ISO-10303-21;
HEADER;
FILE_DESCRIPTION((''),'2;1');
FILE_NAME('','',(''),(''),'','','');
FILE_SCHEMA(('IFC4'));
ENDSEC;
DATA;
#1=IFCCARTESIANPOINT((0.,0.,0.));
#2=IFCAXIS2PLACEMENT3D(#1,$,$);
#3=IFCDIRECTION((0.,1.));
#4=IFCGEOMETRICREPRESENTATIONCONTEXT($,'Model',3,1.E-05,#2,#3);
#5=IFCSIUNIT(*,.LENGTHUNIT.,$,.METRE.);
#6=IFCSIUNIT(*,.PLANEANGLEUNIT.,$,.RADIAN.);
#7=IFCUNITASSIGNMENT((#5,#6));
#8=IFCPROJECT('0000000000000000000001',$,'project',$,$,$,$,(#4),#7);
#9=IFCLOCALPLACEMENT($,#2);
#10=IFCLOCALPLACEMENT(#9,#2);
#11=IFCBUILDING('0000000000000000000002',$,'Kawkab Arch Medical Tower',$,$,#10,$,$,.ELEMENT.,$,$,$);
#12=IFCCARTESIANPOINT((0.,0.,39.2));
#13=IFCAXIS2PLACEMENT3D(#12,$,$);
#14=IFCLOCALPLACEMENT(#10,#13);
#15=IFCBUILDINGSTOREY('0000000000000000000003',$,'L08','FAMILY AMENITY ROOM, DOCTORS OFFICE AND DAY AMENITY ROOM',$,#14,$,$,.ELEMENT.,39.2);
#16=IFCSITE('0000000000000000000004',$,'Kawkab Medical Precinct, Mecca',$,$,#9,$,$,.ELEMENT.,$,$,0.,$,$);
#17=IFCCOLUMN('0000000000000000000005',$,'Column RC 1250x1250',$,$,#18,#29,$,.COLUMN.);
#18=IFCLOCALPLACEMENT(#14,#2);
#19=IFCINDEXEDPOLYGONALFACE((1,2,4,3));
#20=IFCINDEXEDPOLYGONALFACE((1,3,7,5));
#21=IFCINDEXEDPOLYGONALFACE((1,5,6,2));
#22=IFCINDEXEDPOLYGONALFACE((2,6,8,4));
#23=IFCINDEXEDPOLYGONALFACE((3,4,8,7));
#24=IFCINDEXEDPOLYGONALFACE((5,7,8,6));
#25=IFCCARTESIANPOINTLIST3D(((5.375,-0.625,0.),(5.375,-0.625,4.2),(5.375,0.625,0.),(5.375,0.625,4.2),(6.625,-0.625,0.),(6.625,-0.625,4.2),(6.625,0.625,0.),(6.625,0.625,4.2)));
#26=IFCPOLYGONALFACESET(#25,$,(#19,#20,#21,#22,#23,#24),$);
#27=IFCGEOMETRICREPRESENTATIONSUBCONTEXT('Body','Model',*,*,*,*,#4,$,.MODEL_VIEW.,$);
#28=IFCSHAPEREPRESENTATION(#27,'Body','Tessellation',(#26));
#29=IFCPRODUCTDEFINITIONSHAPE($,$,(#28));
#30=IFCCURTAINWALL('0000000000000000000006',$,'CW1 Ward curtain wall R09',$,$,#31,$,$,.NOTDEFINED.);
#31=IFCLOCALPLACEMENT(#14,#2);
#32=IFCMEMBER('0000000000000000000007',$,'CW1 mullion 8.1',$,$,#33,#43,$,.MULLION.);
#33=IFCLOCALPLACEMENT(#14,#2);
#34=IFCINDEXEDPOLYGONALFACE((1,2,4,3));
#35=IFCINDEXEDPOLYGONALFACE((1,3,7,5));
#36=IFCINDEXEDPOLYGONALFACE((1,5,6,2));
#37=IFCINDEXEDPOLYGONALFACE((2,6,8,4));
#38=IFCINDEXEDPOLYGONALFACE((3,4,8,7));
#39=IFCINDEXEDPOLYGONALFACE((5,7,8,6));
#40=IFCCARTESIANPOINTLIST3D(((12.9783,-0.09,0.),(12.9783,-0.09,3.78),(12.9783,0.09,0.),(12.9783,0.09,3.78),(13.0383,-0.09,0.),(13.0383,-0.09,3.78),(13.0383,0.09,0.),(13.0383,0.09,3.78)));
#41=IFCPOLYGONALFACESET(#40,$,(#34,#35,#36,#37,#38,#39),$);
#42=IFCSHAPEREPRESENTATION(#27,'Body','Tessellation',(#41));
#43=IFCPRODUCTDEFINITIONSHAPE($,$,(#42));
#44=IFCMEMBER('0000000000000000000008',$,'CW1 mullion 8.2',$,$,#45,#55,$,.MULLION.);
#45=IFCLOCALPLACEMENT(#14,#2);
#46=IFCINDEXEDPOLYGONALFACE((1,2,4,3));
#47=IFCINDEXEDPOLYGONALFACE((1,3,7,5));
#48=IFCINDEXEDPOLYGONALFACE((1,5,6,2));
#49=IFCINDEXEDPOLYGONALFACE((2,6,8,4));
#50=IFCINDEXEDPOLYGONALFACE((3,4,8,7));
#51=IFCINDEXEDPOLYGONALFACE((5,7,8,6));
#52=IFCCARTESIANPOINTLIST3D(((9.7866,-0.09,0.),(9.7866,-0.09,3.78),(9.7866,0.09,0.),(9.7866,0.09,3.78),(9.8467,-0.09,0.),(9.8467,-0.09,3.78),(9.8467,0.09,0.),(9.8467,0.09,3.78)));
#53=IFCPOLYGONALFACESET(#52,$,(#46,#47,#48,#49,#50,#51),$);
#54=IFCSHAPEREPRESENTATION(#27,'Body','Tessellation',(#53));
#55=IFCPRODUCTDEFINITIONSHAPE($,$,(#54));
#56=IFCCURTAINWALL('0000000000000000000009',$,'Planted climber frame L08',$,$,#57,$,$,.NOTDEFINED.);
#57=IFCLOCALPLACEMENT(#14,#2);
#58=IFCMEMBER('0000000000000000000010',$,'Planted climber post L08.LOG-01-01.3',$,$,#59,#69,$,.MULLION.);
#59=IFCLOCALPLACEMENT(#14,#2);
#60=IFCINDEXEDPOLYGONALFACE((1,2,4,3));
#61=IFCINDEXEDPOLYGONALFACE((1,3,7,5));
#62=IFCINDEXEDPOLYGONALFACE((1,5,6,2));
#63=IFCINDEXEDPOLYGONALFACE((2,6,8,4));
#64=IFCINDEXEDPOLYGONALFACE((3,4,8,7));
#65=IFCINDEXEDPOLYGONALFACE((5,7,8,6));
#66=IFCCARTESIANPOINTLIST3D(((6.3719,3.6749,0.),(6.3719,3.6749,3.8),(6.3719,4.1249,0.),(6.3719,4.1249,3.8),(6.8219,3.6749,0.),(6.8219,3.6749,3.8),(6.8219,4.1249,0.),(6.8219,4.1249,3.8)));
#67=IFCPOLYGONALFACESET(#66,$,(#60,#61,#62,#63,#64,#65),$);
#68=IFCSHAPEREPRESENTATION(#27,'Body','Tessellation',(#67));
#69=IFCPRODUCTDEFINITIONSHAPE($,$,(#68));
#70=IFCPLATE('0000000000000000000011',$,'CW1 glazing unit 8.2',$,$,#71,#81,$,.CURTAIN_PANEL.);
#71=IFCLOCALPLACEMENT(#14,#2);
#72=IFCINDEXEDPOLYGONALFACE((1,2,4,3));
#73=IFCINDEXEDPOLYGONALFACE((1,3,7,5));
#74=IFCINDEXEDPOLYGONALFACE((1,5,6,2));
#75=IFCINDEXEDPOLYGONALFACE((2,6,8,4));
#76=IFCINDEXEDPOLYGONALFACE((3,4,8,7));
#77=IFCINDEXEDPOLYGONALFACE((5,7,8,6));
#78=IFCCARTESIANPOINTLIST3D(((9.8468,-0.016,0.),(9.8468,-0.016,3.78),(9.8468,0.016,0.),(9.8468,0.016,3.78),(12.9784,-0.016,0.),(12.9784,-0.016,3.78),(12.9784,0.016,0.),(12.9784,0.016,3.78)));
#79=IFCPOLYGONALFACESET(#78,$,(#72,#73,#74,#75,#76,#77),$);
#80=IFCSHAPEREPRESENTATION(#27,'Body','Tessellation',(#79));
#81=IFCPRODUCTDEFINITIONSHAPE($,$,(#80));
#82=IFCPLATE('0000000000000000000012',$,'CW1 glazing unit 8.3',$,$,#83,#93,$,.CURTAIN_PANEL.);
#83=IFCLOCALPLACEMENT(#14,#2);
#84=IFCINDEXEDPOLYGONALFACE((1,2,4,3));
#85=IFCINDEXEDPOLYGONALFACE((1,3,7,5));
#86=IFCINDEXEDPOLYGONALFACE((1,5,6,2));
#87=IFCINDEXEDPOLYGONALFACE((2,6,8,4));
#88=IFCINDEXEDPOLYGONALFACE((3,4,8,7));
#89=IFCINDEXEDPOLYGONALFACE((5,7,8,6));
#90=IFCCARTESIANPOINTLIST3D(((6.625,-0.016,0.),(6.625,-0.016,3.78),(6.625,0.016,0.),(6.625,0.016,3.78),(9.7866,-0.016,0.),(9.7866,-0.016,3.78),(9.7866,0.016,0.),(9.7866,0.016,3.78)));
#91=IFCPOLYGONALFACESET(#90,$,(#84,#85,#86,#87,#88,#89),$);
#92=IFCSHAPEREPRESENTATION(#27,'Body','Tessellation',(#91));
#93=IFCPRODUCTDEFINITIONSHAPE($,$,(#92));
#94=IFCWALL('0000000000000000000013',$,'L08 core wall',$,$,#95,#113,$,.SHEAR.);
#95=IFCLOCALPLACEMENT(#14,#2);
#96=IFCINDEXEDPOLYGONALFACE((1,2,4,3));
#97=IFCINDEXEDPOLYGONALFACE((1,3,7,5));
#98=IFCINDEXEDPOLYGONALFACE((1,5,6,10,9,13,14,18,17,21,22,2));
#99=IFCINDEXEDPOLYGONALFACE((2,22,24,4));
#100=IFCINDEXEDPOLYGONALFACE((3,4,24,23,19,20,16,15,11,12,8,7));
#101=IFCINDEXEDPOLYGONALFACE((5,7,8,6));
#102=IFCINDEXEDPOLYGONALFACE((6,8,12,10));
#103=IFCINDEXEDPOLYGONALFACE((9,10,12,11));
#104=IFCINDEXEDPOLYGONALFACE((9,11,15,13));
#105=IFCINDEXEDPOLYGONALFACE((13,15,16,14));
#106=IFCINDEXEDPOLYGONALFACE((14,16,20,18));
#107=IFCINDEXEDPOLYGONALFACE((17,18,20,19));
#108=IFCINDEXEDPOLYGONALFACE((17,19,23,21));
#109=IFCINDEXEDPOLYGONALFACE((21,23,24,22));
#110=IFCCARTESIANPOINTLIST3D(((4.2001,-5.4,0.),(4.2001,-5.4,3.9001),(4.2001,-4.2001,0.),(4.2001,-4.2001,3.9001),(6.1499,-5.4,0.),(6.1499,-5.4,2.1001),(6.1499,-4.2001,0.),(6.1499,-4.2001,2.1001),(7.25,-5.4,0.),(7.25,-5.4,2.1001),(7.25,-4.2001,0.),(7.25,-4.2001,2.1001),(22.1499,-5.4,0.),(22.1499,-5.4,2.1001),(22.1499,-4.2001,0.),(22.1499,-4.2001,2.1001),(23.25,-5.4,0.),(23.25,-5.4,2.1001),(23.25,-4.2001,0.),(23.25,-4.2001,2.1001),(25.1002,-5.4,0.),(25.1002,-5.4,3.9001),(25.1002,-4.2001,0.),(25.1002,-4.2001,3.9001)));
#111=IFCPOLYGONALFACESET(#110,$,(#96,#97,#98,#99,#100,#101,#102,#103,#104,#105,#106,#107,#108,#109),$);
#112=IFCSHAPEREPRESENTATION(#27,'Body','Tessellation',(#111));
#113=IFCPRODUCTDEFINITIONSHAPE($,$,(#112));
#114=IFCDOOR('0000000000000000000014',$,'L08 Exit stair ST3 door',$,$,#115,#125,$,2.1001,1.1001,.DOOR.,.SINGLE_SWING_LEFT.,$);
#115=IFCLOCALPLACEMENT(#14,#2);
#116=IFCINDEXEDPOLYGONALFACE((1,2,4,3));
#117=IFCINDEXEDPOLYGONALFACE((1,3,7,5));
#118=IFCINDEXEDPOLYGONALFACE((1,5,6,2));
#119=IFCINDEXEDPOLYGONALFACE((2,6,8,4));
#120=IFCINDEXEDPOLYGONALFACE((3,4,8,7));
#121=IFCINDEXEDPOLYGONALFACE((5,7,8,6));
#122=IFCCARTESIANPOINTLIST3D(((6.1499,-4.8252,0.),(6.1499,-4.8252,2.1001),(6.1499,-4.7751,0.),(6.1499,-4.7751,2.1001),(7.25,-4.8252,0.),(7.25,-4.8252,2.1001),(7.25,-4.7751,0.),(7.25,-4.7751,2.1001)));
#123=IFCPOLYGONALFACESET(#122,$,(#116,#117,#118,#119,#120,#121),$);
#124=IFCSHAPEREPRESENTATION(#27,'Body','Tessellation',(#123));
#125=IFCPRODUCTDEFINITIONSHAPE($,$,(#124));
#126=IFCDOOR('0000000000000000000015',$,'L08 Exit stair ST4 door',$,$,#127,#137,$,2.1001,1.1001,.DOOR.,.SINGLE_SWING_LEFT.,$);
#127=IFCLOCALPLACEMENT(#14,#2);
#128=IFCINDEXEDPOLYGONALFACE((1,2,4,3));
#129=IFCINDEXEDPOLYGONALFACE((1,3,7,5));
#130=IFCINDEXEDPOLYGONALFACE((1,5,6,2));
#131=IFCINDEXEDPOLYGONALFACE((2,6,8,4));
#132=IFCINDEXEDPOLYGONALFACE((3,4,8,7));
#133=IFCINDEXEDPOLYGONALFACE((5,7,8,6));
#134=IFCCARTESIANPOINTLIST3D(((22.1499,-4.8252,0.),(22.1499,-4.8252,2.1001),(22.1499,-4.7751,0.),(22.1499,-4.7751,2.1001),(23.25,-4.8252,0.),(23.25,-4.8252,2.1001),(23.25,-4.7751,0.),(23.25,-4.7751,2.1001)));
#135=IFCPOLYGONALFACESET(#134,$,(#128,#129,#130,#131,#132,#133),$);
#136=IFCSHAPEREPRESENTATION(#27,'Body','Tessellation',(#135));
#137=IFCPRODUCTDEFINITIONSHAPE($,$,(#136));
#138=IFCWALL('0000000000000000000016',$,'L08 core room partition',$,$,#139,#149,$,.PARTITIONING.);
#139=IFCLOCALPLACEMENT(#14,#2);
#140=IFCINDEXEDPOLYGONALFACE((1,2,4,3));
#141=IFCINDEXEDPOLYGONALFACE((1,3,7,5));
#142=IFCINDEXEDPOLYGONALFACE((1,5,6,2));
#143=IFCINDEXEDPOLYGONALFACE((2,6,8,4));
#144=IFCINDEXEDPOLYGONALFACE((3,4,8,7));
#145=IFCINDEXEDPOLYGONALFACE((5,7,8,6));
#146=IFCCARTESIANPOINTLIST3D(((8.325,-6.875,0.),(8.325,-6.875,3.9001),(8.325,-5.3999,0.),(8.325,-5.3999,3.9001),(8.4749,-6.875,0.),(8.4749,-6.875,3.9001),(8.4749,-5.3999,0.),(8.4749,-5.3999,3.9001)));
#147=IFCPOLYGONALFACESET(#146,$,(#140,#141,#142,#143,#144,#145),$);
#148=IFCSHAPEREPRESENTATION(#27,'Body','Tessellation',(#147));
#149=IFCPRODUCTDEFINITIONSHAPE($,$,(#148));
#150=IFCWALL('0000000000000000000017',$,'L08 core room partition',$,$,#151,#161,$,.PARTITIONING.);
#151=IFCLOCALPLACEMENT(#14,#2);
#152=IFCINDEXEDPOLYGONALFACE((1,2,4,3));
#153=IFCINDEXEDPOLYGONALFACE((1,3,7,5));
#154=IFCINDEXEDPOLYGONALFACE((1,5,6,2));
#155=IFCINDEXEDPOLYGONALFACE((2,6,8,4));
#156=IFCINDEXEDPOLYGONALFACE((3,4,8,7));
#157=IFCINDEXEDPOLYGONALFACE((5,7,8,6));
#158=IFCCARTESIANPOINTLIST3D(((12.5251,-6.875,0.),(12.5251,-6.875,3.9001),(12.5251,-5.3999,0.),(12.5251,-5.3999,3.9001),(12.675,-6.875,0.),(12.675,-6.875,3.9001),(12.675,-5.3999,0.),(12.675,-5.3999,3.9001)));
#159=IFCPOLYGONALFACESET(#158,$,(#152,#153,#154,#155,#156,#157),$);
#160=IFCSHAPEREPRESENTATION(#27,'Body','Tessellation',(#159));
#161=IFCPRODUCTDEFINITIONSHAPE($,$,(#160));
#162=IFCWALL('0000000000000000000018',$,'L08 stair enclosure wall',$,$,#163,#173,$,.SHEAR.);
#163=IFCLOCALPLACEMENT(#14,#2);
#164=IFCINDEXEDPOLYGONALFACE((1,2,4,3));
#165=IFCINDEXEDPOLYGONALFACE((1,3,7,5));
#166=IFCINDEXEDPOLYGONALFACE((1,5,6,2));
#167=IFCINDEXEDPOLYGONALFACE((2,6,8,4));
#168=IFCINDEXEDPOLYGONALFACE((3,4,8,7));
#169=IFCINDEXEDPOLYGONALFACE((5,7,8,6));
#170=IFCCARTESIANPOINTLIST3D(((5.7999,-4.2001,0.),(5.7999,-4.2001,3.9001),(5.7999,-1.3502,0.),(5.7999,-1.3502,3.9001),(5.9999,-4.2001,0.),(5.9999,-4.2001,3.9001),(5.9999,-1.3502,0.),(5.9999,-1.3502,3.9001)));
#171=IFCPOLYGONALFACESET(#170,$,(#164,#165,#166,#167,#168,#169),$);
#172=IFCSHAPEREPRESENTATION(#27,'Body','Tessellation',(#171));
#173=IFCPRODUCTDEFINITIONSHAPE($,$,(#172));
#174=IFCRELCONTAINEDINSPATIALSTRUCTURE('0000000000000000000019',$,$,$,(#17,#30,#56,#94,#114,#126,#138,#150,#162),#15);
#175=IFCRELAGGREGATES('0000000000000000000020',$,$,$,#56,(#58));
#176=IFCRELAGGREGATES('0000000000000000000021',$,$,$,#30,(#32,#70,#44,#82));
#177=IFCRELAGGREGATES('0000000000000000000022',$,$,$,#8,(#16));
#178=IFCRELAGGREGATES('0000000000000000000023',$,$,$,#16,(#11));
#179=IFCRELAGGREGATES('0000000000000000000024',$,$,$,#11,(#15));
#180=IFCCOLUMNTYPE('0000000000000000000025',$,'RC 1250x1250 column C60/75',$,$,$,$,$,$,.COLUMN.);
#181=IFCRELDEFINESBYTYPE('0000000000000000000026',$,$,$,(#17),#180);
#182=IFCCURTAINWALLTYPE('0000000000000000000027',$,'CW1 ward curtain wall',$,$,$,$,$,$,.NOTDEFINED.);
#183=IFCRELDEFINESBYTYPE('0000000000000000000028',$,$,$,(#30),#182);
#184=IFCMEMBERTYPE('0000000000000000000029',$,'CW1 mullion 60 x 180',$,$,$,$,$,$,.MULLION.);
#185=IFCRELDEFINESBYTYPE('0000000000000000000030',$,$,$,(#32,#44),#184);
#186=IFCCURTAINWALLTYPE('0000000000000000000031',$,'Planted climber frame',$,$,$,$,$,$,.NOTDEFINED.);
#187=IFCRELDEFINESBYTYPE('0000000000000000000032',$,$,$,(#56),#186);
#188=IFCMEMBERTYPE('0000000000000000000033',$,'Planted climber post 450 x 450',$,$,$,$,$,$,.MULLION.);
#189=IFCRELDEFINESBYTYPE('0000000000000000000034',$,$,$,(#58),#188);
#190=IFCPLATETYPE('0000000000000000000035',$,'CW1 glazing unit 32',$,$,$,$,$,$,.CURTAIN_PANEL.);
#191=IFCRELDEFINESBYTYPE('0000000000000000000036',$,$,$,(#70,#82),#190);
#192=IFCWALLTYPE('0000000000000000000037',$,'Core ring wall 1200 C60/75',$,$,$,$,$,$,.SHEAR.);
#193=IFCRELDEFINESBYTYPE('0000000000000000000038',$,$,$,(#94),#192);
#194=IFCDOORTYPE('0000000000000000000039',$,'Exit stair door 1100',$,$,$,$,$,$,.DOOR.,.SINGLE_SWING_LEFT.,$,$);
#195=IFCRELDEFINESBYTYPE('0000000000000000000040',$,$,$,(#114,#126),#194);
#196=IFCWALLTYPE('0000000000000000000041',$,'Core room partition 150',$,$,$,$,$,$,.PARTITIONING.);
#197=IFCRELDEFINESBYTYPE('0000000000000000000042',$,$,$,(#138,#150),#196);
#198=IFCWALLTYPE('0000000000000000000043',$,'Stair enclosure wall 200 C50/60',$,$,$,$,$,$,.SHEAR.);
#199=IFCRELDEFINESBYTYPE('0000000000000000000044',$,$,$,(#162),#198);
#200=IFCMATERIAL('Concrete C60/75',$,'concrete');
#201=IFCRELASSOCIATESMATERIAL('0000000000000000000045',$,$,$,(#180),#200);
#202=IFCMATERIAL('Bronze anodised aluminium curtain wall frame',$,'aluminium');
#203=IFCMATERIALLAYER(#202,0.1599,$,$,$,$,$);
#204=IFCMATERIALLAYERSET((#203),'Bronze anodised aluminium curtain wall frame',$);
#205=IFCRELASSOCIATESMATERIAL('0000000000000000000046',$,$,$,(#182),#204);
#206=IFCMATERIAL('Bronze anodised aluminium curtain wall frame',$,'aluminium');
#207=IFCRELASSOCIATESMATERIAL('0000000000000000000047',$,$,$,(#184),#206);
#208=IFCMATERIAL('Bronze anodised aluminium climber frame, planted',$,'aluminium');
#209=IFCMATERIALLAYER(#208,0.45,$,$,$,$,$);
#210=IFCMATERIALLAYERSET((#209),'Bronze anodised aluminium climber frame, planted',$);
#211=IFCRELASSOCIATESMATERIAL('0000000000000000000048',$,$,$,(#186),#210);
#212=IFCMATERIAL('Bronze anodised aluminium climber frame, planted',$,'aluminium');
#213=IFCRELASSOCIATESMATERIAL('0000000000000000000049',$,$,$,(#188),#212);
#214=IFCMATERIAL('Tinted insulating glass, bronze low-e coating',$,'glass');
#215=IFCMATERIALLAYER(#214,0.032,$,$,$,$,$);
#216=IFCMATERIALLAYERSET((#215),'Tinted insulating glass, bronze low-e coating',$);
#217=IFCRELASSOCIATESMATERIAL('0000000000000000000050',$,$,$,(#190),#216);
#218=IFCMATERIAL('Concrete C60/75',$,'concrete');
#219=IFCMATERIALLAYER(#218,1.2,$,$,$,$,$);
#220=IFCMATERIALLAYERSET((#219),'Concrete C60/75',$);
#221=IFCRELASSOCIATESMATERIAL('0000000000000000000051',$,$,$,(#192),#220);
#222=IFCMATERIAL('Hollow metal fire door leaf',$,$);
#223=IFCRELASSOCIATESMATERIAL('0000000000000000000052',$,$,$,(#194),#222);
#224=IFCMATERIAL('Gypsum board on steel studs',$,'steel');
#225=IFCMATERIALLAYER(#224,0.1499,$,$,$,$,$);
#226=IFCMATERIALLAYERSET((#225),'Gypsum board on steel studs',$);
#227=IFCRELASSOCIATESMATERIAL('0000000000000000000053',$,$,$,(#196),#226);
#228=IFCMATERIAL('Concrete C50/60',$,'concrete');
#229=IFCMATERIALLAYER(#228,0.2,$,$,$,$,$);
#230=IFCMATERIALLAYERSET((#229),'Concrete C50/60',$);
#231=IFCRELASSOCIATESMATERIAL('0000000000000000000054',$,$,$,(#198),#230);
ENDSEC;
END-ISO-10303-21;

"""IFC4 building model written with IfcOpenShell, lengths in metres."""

from ifc_helpers import new_model, si_unit, direction, frame, frame_2d, origin, origin_2d, place, context, subcontext, project, spatial, rectangle, extrude, material, layer, layer_set, material_profile, profile_set, type_object, element, fill, aggregate, save


model = new_model("IFC4")

# Units and contexts
model_context = context("Model", 3, precision=1e-05, world=origin(), true_north=direction((0.0, 1.0)))
body_context = subcontext(model_context, "Body", "Model", "MODEL_VIEW")
ifc_project = project(units=[si_unit("LENGTHUNIT", "METRE"), si_unit("PLANEANGLEUNIT", "RADIAN")], contexts=[model_context])

# Site, building, storey
site_placement = place(None, origin())
site = spatial("IfcSite", under=ifc_project, at=site_placement, Name="Kawkab Medical Precinct, Mecca", CompositionType="ELEMENT", RefElevation=0.0)
building_placement = place(site_placement, origin())
building = spatial("IfcBuilding", under=site, at=building_placement, Name="Kawkab Arch Medical Tower", CompositionType="ELEMENT")
storey_placement = place(building_placement, frame((0.0, 0.0, 39.2)))
storey = spatial("IfcBuildingStorey", under=building, at=storey_placement, Name="L08", Description="FAMILY AMENITY ROOM, DOCTORS OFFICE AND DAY AMENITY ROOM", CompositionType="ELEMENT", Elevation=39.2)

# Column
ifc_material_1 = material(Name="Concrete C60/75", Category="concrete")
ifc_material_profile_1 = material_profile(ifc_material_1, rectangle(XDim=1.25, YDim=1.25, at=origin_2d()), Name="RC 1250x1250")
ifc_profile_set_1 = profile_set([ifc_material_profile_1], Name="Concrete C60/75")
column_type = type_object("IfcColumnType", Name="RC 1250x1250 column C60/75", PredefinedType="COLUMN", material=ifc_profile_set_1)
column_placement = place(storey_placement, frame((6.0, 0.0, 0.0), z_axis=(0.0, 0.0, 1.0), x_axis=(1.0, 0.0, 0.0)))
element("IfcColumn", 1, at=column_placement, inside=storey, type_object=column_type, Name="Column RC 1250x1250", PredefinedType="COLUMN", context=body_context, shape_type="SweptSolid", body=[
    extrude(rectangle(XDim=1.25, YDim=1.25, at=origin_2d()), origin(), (0.0, 0.0, 1.0), 4.2),
])

# Curtain wall, members
ifc_material_2 = material(Name="Bronze anodised aluminium curtain wall frame", Category="aluminium")
ifc_layer_1 = layer(ifc_material_2, 0.1599)
ifc_layer_set_1 = layer_set([ifc_layer_1], Name="Bronze anodised aluminium curtain wall frame")
curtain_wall_type_1 = type_object("IfcCurtainWallType", Name="CW1 ward curtain wall", PredefinedType="NOTDEFINED", material=ifc_layer_set_1)
placement = place(storey_placement, origin())
curtain_wall_1 = element("IfcCurtainWall", 2, at=placement, inside=storey, type_object=curtain_wall_type_1, Name="CW1 Ward curtain wall R09", PredefinedType="NOTDEFINED")
ifc_material_3 = material(Name="Bronze anodised aluminium curtain wall frame", Category="aluminium")
ifc_material_profile_2 = material_profile(ifc_material_3, rectangle(XDim=0.1799, YDim=0.0601, at=origin_2d()), Name="AL 60x180")
ifc_profile_set_2 = profile_set([ifc_material_profile_2], Name="Bronze anodised aluminium curtain wall frame")
member_type_1 = type_object("IfcMemberType", Name="CW1 mullion 60 x 180", PredefinedType="MULLION", material=ifc_profile_set_2)
member_1_placement = place(storey_placement, frame((13.0083, 0.0, 0.0), z_axis=(0.0, 0.0, 1.0), x_axis=(0.0, -1.0, 0.0)))
member_1 = element("IfcMember", 3, at=member_1_placement, type_object=member_type_1, Name="CW1 mullion 8.1", PredefinedType="MULLION", context=body_context, shape_type="SweptSolid", body=[
    extrude(rectangle(XDim=0.1799, YDim=0.0601, at=origin_2d()), origin(), (0.0, 0.0, 1.0), 3.78),
])
member_2_placement = place(storey_placement, frame((9.8167, 0.0, 0.0), z_axis=(0.0, 0.0, 1.0), x_axis=(0.0, -1.0, 0.0)))
member_2 = element("IfcMember", 4, at=member_2_placement, type_object=member_type_1, Name="CW1 mullion 8.2", PredefinedType="MULLION", context=body_context, shape_type="SweptSolid", body=[
    extrude(rectangle(XDim=0.1799, YDim=0.0601, at=origin_2d()), origin(), (0.0, 0.0, 1.0), 3.78),
])

# Curtain wall, member
ifc_material_4 = material(Name="Bronze anodised aluminium climber frame, planted", Category="aluminium")
ifc_layer_2 = layer(ifc_material_4, 0.45)
ifc_layer_set_2 = layer_set([ifc_layer_2], Name="Bronze anodised aluminium climber frame, planted")
curtain_wall_type_2 = type_object("IfcCurtainWallType", Name="Planted climber frame", PredefinedType="NOTDEFINED", material=ifc_layer_set_2)
curtain_wall_2 = element("IfcCurtainWall", 5, at=placement, inside=storey, type_object=curtain_wall_type_2, Name="Planted climber frame L08", PredefinedType="NOTDEFINED")
ifc_material_5 = material(Name="Bronze anodised aluminium climber frame, planted", Category="aluminium")
ifc_material_profile_3 = material_profile(ifc_material_5, rectangle(XDim=0.45, YDim=0.45, at=origin_2d()), Name="Post 450x450")
ifc_profile_set_3 = profile_set([ifc_material_profile_3], Name="Bronze anodised aluminium climber frame, planted")
member_type_2 = type_object("IfcMemberType", Name="Planted climber post 450 x 450", PredefinedType="MULLION", material=ifc_profile_set_3)
member_3_placement = place(storey_placement, frame((6.5969, 3.8999, 0.0), z_axis=(0.0, 0.0, 1.0), x_axis=(1.0, 0.0, 0.0)))
member_3 = element("IfcMember", 6, at=member_3_placement, type_object=member_type_2, Name="Planted climber post L08.LOG-01-01.3", PredefinedType="MULLION", context=body_context, shape_type="SweptSolid", body=[
    extrude(rectangle(XDim=0.45, YDim=0.45, at=origin_2d()), origin(), (0.0, 0.0, 1.0), 3.8),
])
aggregate(curtain_wall_2, [member_3])

# Plates
ifc_material_6 = material(Name="Tinted insulating glass, bronze low-e coating", Category="glass")
ifc_layer_3 = layer(ifc_material_6, 0.032)
ifc_layer_set_3 = layer_set([ifc_layer_3], Name="Tinted insulating glass, bronze low-e coating")
plate_type = type_object("IfcPlateType", Name="CW1 glazing unit 32", PredefinedType="CURTAIN_PANEL", material=ifc_layer_set_3)
plate_1_placement = place(storey_placement, frame((11.4126, 0.0, 0.0), z_axis=(0.0, 0.0, 1.0), x_axis=(-1.0, 0.0, 0.0)))
plate_1 = element("IfcPlate", 7, at=plate_1_placement, type_object=plate_type, Name="CW1 glazing unit 8.2", PredefinedType="CURTAIN_PANEL", context=body_context, shape_type="SweptSolid", body=[
    extrude(rectangle(XDim=3.1316, YDim=0.032, at=origin_2d()), origin(), (0.0, 0.0, 1.0), 3.78),
])
plate_2_placement = place(storey_placement, frame((8.2058, 0.0, 0.0), z_axis=(0.0, 0.0, 1.0), x_axis=(-1.0, 0.0, 0.0)))
plate_2 = element("IfcPlate", 8, at=plate_2_placement, type_object=plate_type, Name="CW1 glazing unit 8.3", PredefinedType="CURTAIN_PANEL", context=body_context, shape_type="SweptSolid", body=[
    extrude(rectangle(XDim=3.1616, YDim=0.032, at=origin_2d()), origin(), (0.0, 0.0, 1.0), 3.78),
])
aggregate(curtain_wall_1, [member_1, plate_1, member_2, plate_2])

# Wall, openings, doors
ifc_material_7 = material(Name="Concrete C60/75", Category="concrete")
ifc_layer_4 = layer(ifc_material_7, 1.2)
ifc_layer_set_4 = layer_set([ifc_layer_4], Name="Concrete C60/75")
wall_type_1 = type_object("IfcWallType", Name="Core ring wall 1200 C60/75", PredefinedType="SHEAR", material=ifc_layer_set_4)
wall_1_placement = place(storey_placement, frame((4.2, -4.8, 0.0), z_axis=(0.0, 0.0, 1.0), x_axis=(1.0, 0.0, 0.0)))
wall_1 = element("IfcWall", 9, at=wall_1_placement, inside=storey, type_object=wall_type_1, Name="L08 core wall", PredefinedType="SHEAR", context=body_context, shape_type="SweptSolid", body=[
    extrude(rectangle(XDim=20.9001, YDim=1.2, at=frame_2d((10.4502, 0.0))), origin(), (0.0, 0.0, 1.0), 3.9001),
])
opening_1_placement = place(wall_1_placement, frame((1.95, 0.0, 0.0)))
opening_1 = element("IfcOpeningElement", 10, at=opening_1_placement, cuts=wall_1, PredefinedType="OPENING", context=body_context, shape_type="SweptSolid", body=[
    extrude(rectangle(XDim=1.1001, YDim=2.1001, at=frame_2d((0.55, 1.05))), frame((0.0, 0.6099, 0.0), z_axis=(0.0, -1.0, 0.0), x_axis=(1.0, 0.0, 0.0)), (0.0, 0.0, 1.0), 1.22),
])
opening_2_placement = place(wall_1_placement, frame((17.95, 0.0, 0.0)))
opening_2 = element("IfcOpeningElement", 11, at=opening_2_placement, cuts=wall_1, PredefinedType="OPENING", context=body_context, shape_type="SweptSolid", body=[
    extrude(rectangle(XDim=1.1001, YDim=2.1001, at=frame_2d((0.55, 1.05))), frame((0.0, 0.6099, 0.0), z_axis=(0.0, -1.0, 0.0), x_axis=(1.0, 0.0, 0.0)), (0.0, 0.0, 1.0), 1.22),
])
ifc_material_8 = material(Name="Hollow metal fire door leaf")
door_type = type_object("IfcDoorType", Name="Exit stair door 1100", OperationType="SINGLE_SWING_LEFT", PredefinedType="DOOR", material=ifc_material_8)
door_1_placement = place(opening_1_placement, origin())
door_1 = element("IfcDoor", 12, at=door_1_placement, inside=storey, type_object=door_type, Name="L08 Exit stair ST3 door", OperationType="SINGLE_SWING_LEFT", OverallHeight=2.1001, OverallWidth=1.1001, PredefinedType="DOOR", context=body_context, shape_type="SweptSolid", body=[
    extrude(rectangle(XDim=1.1001, YDim=2.1001, at=frame_2d((0.55, 1.05))), frame((0.0, 0.0249, 0.0), z_axis=(0.0, -1.0, 0.0), x_axis=(1.0, 0.0, 0.0)), (0.0, 0.0, 1.0), 0.05),
])
fill(opening_1, door_1)
door_2_placement = place(opening_2_placement, origin())
door_2 = element("IfcDoor", 13, at=door_2_placement, inside=storey, type_object=door_type, Name="L08 Exit stair ST4 door", OperationType="SINGLE_SWING_LEFT", OverallHeight=2.1001, OverallWidth=1.1001, PredefinedType="DOOR", context=body_context, shape_type="SweptSolid", body=[
    extrude(rectangle(XDim=1.1001, YDim=2.1001, at=frame_2d((0.55, 1.05))), frame((0.0, 0.0249, 0.0), z_axis=(0.0, -1.0, 0.0), x_axis=(1.0, 0.0, 0.0)), (0.0, 0.0, 1.0), 0.05),
])
fill(opening_2, door_2)

# Walls
ifc_material_9 = material(Name="Gypsum board on steel studs", Category="steel")
ifc_layer_5 = layer(ifc_material_9, 0.1499)
ifc_layer_set_5 = layer_set([ifc_layer_5], Name="Gypsum board on steel studs")
wall_type_2 = type_object("IfcWallType", Name="Core room partition 150", PredefinedType="PARTITIONING", material=ifc_layer_set_5)
for number, where, z_axis, x_axis, name in (
    (14, (8.3999, -6.875, 0.0), (0.0, 0.0, 1.0), (0.0, 1.0, 0.0), "L08 core room partition"),
    (15, (12.6001, -6.875, 0.0), (0.0, 0.0, 1.0), (0.0, 1.0, 0.0), "L08 core room partition"),
):
    element("IfcWall", number, at=place(storey_placement, frame(where, z_axis=z_axis, x_axis=x_axis)), inside=storey, type_object=wall_type_2, Name=name, PredefinedType="PARTITIONING", context=body_context, shape_type="SweptSolid", body=[
        extrude(rectangle(XDim=1.4751, YDim=0.1499, at=frame_2d((0.7375, 0.0))), origin(), (0.0, 0.0, 1.0), 3.9001),
    ])
ifc_material_10 = material(Name="Concrete C50/60", Category="concrete")
ifc_layer_6 = layer(ifc_material_10, 0.2)
ifc_layer_set_6 = layer_set([ifc_layer_6], Name="Concrete C50/60")
wall_type_3 = type_object("IfcWallType", Name="Stair enclosure wall 200 C50/60", PredefinedType="SHEAR", material=ifc_layer_set_6)
for number, where, z_axis, x_axis, name in (
    (16, (5.8999, -4.2, 0.0), (0.0, 0.0, 1.0), (0.0, 1.0, 0.0), "L08 stair enclosure wall"),
):
    element("IfcWall", number, at=place(storey_placement, frame(where, z_axis=z_axis, x_axis=x_axis)), inside=storey, type_object=wall_type_3, Name=name, PredefinedType="SHEAR", context=body_context, shape_type="SweptSolid", body=[
        extrude(rectangle(XDim=2.8499, YDim=0.2, at=frame_2d((1.4248, 0.0))), origin(), (0.0, 0.0, 1.0), 3.9001),
    ])

save(model, "model.ifc")
